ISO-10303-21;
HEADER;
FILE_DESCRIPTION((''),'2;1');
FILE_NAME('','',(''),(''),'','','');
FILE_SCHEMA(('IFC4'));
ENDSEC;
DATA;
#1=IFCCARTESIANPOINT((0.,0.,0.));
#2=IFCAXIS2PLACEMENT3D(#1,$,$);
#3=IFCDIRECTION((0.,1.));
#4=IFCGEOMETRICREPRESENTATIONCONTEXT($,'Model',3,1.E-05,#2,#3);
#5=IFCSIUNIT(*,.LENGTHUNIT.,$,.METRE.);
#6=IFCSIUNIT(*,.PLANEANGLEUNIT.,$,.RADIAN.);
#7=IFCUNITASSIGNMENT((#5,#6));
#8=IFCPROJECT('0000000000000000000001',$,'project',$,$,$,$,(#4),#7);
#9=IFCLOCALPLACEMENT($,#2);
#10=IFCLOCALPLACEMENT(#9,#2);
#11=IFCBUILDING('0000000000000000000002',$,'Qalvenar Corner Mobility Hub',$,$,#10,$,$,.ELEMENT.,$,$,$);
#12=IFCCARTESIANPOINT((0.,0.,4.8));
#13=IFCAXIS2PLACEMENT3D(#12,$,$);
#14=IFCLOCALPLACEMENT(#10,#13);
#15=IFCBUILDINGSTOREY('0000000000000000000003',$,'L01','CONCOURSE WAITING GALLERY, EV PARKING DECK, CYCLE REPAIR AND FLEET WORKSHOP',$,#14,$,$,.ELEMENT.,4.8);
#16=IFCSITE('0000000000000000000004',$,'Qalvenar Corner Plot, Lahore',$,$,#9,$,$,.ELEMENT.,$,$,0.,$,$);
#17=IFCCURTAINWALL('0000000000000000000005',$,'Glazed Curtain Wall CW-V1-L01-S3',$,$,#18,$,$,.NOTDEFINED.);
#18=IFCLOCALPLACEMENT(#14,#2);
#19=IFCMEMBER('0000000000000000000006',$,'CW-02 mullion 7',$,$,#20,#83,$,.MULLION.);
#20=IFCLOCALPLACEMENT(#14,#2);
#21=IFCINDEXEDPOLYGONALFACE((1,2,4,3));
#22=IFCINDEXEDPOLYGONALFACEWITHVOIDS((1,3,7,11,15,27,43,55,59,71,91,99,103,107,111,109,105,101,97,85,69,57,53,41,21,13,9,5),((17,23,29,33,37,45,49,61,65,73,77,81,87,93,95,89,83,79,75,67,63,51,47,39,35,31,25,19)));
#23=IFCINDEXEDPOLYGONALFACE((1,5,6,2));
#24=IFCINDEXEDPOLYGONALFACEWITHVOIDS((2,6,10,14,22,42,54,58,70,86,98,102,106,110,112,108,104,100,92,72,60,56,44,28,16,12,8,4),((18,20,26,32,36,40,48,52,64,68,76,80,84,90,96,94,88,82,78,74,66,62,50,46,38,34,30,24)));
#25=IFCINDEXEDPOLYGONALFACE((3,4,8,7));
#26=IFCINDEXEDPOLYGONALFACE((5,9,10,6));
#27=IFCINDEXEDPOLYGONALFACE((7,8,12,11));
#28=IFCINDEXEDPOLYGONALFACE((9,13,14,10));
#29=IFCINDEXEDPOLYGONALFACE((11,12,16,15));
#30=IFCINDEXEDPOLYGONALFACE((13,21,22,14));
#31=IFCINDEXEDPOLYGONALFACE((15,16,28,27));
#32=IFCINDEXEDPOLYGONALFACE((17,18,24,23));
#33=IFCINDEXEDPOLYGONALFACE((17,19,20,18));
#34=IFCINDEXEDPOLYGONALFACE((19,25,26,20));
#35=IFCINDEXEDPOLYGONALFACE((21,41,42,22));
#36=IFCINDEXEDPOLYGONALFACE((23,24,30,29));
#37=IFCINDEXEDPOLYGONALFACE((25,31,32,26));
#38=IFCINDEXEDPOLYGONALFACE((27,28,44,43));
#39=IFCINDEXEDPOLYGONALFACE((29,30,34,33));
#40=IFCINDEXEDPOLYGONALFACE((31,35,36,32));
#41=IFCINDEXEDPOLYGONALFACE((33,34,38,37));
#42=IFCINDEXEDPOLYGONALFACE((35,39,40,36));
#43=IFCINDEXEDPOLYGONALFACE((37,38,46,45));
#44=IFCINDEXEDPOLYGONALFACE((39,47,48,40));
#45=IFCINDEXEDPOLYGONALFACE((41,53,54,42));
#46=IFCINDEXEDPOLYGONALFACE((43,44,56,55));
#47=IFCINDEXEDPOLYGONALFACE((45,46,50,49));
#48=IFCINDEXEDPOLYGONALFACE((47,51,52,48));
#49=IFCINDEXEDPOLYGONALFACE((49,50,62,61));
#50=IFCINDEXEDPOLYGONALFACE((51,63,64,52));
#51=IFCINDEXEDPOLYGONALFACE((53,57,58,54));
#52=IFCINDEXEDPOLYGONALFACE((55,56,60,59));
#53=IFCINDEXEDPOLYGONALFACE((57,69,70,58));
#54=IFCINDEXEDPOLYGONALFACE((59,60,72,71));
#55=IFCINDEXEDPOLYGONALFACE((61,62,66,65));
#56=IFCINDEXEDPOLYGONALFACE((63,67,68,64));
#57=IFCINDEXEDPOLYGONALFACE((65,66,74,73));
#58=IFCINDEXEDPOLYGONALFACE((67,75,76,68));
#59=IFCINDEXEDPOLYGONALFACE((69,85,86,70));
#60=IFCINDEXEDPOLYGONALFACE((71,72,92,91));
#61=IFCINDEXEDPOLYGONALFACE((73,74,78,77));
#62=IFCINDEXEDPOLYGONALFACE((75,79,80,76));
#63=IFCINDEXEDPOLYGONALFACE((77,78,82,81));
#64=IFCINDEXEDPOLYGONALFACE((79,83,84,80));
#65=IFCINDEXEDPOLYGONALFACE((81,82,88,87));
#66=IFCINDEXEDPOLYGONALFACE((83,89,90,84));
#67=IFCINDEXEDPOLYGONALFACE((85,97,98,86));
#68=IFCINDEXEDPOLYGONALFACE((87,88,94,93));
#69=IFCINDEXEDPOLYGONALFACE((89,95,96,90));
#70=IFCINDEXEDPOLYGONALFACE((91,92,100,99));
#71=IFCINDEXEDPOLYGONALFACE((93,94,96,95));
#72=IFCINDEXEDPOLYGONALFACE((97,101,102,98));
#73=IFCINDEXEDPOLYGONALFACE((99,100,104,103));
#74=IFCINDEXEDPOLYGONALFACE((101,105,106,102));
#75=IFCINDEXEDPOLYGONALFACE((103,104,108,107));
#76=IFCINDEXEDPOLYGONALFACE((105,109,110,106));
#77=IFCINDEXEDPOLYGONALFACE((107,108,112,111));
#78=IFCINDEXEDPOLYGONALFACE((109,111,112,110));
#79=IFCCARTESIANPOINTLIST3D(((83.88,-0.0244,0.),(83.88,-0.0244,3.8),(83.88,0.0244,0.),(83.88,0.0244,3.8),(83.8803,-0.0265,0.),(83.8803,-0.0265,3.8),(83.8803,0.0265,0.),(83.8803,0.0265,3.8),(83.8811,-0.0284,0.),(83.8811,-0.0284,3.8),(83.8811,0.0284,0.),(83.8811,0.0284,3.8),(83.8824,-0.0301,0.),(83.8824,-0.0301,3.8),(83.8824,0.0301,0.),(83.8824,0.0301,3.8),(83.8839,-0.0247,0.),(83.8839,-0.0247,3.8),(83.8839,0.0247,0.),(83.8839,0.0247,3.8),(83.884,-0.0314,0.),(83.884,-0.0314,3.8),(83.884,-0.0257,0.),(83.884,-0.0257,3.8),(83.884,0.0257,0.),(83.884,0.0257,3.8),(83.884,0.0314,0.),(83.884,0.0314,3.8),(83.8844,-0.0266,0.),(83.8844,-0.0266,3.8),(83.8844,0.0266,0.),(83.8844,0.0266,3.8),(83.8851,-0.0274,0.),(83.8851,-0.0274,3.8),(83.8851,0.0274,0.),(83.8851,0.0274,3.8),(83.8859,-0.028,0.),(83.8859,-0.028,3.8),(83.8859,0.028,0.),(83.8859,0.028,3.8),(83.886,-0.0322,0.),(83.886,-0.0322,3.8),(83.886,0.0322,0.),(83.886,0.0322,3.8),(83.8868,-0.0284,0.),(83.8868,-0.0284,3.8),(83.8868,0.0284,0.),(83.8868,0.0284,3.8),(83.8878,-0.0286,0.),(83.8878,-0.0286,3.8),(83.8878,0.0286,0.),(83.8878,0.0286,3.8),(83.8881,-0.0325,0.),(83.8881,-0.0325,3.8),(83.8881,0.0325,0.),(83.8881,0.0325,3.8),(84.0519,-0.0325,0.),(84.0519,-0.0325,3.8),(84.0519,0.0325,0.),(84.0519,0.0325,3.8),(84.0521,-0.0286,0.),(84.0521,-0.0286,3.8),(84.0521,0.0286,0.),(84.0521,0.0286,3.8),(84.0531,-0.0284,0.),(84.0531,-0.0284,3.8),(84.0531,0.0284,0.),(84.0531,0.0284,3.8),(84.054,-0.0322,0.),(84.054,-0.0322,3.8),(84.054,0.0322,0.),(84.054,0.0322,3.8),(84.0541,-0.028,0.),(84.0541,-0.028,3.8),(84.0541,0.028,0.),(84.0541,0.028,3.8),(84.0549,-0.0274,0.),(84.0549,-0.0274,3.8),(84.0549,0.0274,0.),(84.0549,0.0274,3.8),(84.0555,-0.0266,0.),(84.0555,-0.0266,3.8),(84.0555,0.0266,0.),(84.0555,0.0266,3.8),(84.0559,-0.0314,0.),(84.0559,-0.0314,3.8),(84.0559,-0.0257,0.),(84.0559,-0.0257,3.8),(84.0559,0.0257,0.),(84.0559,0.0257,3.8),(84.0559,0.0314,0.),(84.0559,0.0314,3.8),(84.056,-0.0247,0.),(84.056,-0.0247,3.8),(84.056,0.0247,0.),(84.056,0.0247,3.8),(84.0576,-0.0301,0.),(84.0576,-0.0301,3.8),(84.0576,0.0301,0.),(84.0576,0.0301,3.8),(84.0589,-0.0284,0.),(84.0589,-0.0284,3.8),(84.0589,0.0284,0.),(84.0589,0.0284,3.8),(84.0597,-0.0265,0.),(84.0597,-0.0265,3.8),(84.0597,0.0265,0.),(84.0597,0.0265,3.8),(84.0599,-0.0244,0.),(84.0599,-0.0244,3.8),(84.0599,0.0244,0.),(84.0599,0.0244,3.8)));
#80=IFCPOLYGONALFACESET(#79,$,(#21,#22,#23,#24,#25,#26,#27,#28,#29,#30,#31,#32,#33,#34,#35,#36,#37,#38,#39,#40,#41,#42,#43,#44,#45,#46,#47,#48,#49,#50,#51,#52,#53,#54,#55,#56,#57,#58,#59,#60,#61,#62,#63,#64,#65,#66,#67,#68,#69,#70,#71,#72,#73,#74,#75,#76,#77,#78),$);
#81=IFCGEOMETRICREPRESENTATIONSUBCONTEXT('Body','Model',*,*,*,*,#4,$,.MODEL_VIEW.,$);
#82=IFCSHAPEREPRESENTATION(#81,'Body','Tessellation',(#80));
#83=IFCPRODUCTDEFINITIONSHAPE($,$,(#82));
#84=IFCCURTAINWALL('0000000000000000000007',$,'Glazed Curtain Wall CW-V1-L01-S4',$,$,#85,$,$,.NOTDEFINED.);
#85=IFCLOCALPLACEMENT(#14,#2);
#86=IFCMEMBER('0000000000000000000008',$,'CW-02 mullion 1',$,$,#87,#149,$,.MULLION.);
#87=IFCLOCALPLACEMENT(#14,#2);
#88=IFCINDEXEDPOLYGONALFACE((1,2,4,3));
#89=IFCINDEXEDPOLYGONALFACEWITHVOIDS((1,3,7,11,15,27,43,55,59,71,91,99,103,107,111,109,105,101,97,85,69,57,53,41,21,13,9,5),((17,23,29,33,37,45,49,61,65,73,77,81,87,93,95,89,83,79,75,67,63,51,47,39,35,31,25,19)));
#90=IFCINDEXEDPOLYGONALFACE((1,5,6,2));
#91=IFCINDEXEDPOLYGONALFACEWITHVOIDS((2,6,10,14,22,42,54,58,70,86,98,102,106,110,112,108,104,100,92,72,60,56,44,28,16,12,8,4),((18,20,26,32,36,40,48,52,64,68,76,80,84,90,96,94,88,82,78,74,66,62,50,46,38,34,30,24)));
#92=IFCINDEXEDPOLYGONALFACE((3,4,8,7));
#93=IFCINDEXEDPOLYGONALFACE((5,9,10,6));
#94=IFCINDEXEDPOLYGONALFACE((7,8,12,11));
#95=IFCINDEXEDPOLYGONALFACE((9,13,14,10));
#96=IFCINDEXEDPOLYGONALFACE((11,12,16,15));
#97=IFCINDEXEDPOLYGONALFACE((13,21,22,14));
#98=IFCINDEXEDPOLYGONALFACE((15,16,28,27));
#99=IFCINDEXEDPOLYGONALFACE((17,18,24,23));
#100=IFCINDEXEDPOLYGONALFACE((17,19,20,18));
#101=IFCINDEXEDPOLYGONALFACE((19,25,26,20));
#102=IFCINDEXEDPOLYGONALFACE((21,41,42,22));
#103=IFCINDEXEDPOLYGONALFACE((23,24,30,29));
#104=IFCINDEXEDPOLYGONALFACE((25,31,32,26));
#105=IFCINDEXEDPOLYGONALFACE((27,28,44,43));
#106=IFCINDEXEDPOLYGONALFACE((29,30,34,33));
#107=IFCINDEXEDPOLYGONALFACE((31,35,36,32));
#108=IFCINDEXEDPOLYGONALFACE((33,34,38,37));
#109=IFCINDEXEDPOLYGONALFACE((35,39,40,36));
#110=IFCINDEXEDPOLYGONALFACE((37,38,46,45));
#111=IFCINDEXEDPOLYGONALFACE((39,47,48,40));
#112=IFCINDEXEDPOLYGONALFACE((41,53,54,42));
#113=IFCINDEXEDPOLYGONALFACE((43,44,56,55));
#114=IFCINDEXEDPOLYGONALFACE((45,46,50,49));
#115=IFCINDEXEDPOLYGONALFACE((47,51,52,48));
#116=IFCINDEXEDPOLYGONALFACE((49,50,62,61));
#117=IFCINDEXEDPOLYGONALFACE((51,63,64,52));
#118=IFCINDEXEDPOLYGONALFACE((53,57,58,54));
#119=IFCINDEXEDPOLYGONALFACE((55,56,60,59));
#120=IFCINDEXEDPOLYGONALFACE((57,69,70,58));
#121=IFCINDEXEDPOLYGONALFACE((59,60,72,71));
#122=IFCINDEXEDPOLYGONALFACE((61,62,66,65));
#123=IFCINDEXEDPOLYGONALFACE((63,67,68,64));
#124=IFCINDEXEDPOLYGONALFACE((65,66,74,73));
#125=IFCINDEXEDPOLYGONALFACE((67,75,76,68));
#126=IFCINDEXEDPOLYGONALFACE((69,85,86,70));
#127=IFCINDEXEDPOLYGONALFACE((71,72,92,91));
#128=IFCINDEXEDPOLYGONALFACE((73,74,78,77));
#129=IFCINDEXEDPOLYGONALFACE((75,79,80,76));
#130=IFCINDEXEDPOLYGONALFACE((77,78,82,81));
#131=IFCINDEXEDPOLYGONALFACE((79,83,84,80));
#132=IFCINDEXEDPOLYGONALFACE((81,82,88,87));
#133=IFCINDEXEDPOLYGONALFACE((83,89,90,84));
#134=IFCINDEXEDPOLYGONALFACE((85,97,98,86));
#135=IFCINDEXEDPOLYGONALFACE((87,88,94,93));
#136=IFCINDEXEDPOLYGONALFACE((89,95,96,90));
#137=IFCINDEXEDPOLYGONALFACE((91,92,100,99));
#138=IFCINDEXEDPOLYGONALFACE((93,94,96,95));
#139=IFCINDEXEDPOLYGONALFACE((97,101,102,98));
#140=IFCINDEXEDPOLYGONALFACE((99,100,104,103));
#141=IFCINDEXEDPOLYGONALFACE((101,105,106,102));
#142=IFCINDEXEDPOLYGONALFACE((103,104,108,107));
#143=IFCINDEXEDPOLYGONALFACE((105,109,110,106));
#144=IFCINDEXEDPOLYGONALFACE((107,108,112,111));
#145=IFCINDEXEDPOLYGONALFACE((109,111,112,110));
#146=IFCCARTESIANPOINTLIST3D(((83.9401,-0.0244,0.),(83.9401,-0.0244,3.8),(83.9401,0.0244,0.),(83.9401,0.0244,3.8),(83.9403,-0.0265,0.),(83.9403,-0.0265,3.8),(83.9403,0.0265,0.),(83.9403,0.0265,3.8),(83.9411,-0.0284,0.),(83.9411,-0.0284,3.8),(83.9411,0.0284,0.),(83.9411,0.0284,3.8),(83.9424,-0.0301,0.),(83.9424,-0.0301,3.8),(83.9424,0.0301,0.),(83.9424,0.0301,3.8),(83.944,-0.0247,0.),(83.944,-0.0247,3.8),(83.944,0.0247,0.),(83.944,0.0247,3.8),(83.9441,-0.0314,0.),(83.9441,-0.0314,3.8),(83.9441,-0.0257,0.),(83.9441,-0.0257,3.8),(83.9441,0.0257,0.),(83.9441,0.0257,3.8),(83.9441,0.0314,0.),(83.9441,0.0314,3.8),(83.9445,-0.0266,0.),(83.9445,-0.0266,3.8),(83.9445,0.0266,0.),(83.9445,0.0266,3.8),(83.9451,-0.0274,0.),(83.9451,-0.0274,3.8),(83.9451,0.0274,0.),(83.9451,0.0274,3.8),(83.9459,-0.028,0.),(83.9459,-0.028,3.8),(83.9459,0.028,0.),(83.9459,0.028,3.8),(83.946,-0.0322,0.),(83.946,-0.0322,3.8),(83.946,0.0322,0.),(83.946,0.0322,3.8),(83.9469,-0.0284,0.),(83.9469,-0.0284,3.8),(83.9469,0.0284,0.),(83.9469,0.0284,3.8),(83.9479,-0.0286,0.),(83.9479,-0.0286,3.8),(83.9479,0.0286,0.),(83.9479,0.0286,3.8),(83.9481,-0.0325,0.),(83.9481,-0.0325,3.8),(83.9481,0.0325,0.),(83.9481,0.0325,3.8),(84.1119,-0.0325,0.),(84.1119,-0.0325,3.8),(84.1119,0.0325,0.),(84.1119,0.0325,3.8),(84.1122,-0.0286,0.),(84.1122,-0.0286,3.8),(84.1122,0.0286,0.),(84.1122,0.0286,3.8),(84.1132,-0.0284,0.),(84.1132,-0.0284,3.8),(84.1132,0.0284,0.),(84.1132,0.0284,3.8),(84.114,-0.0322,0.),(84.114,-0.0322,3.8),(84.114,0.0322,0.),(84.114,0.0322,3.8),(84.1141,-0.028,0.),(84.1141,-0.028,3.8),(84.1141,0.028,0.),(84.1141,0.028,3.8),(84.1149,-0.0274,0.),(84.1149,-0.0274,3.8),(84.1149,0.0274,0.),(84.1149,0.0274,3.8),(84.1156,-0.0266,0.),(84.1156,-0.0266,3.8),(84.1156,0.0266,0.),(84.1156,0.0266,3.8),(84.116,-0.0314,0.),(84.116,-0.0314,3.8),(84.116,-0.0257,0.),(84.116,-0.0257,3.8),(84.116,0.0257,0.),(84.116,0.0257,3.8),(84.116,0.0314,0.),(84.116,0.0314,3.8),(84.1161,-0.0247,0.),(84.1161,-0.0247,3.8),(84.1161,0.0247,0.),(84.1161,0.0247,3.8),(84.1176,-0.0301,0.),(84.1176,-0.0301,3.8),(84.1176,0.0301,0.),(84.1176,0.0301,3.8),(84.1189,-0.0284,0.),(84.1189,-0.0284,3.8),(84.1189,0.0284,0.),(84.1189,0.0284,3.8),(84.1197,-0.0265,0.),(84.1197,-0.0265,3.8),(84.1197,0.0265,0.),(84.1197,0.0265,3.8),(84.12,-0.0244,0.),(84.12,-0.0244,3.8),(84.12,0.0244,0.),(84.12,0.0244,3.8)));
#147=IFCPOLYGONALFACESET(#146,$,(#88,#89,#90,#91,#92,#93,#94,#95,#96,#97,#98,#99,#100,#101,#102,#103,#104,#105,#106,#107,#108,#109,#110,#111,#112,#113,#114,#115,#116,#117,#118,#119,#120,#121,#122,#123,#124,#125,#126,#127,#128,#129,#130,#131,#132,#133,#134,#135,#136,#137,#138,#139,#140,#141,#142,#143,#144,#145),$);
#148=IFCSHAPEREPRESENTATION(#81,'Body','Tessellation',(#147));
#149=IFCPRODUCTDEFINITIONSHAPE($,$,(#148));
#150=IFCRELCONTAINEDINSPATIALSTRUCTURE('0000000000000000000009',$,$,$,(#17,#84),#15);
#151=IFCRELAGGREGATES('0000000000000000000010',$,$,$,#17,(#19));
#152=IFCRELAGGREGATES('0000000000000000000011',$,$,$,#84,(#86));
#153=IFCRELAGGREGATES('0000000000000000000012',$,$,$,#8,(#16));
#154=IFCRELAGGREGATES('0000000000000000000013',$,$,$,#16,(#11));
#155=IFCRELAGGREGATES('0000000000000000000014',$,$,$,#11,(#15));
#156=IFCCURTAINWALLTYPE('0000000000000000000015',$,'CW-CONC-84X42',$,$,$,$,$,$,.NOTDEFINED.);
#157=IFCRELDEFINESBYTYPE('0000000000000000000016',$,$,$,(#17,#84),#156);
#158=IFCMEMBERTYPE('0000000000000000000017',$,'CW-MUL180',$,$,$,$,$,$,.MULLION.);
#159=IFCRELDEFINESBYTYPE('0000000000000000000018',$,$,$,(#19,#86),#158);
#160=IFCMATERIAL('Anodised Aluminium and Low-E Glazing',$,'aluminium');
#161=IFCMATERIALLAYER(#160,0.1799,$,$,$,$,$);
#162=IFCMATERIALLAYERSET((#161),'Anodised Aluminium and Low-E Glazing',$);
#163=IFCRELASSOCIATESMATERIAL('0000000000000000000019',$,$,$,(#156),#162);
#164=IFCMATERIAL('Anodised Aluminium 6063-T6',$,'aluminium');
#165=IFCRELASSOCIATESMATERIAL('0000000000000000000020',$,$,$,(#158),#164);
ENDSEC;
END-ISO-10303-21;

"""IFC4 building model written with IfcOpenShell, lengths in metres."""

from ifc_helpers import new_model, si_unit, direction, frame, origin, origin_2d, place, context, subcontext, project, spatial, hollow_rectangle, extrude, material, layer, layer_set, material_profile, profile_set, type_object, element, aggregate, save


model = new_model("IFC4")

# Units and contexts
model_context = context("Model", 3, precision=1e-05, world=origin(), true_north=direction((0.0, 1.0)))
body_context = subcontext(model_context, "Body", "Model", "MODEL_VIEW")
ifc_project = project(units=[si_unit("LENGTHUNIT", "METRE"), si_unit("PLANEANGLEUNIT", "RADIAN")], contexts=[model_context])

# Site, building, storey
site_placement = place(None, origin())
site = spatial("IfcSite", under=ifc_project, at=site_placement, Name="Qalvenar Corner Plot, Lahore", CompositionType="ELEMENT", RefElevation=0.0)
building_placement = place(site_placement, origin())
building = spatial("IfcBuilding", under=site, at=building_placement, Name="Qalvenar Corner Mobility Hub", CompositionType="ELEMENT")
storey_placement = place(building_placement, frame((0.0, 0.0, 4.8)))
storey = spatial("IfcBuildingStorey", under=building, at=storey_placement, Name="L01", Description="CONCOURSE WAITING GALLERY, EV PARKING DECK, CYCLE REPAIR AND FLEET WORKSHOP", CompositionType="ELEMENT", Elevation=4.8)

# Curtain walls, members
ifc_material_1 = material(Name="Anodised Aluminium and Low-E Glazing", Category="aluminium")
ifc_layer_1 = layer(ifc_material_1, 0.1799)
ifc_layer_set_1 = layer_set([ifc_layer_1], Name="Anodised Aluminium and Low-E Glazing")
curtain_wall_type = type_object("IfcCurtainWallType", Name="CW-CONC-84X42", PredefinedType="NOTDEFINED", material=ifc_layer_set_1)
curtain_wall_1_placement = place(storey_placement, origin())
curtain_wall_1 = element("IfcCurtainWall", 1, at=curtain_wall_1_placement, inside=storey, type_object=curtain_wall_type, Name="Glazed Curtain Wall CW-V1-L01-S3", PredefinedType="NOTDEFINED")
ifc_material_2 = material(Name="Anodised Aluminium 6063-T6", Category="aluminium")
ifc_material_profile_1 = material_profile(ifc_material_2, hollow_rectangle(XDim=0.0649, YDim=0.1799, WallThickness=0.0039, InnerFilletRadius=0.0039, OuterFilletRadius=0.0081, at=origin_2d()), Name="RHS180x65x4")
ifc_profile_set_1 = profile_set([ifc_material_profile_1], Name="Anodised Aluminium 6063-T6")
member_type_1 = type_object("IfcMemberType", Name="CW-MUL180", PredefinedType="MULLION", material=ifc_profile_set_1)
member_1_placement = place(storey_placement, frame((83.97, 0.0, 0.0), z_axis=(0.0, 0.0, 1.0), x_axis=(0.0, 1.0, 0.0)))
member_1 = element("IfcMember", 2, at=member_1_placement, type_object=member_type_1, Name="CW-02 mullion 7", PredefinedType="MULLION", context=body_context, shape_type="SweptSolid", body=[
    extrude(hollow_rectangle(XDim=0.0649, YDim=0.1799, WallThickness=0.0039, InnerFilletRadius=0.0039, OuterFilletRadius=0.0081, at=origin_2d()), origin(), (0.0, 0.0, 1.0), 3.8),
])
curtain_wall_2_placement = place(storey_placement, origin())
curtain_wall_2 = element("IfcCurtainWall", 3, at=curtain_wall_2_placement, inside=storey, type_object=curtain_wall_type, Name="Glazed Curtain Wall CW-V1-L01-S4", PredefinedType="NOTDEFINED")
member_2_placement = place(storey_placement, frame((84.03, 0.0, 0.0), z_axis=(0.0, 0.0, 1.0), x_axis=(0.0, 1.0, 0.0)))
member_2 = element("IfcMember", 4, at=member_2_placement, type_object=member_type_1, Name="CW-02 mullion 1", PredefinedType="MULLION", context=body_context, shape_type="SweptSolid", body=[
    extrude(hollow_rectangle(XDim=0.0649, YDim=0.1799, WallThickness=0.0039, InnerFilletRadius=0.0039, OuterFilletRadius=0.0081, at=origin_2d()), origin(), (0.0, 0.0, 1.0), 3.8),
])

aggregate(curtain_wall_1, [member_1])
aggregate(curtain_wall_2, [member_2])

save(model, "model.ifc")
